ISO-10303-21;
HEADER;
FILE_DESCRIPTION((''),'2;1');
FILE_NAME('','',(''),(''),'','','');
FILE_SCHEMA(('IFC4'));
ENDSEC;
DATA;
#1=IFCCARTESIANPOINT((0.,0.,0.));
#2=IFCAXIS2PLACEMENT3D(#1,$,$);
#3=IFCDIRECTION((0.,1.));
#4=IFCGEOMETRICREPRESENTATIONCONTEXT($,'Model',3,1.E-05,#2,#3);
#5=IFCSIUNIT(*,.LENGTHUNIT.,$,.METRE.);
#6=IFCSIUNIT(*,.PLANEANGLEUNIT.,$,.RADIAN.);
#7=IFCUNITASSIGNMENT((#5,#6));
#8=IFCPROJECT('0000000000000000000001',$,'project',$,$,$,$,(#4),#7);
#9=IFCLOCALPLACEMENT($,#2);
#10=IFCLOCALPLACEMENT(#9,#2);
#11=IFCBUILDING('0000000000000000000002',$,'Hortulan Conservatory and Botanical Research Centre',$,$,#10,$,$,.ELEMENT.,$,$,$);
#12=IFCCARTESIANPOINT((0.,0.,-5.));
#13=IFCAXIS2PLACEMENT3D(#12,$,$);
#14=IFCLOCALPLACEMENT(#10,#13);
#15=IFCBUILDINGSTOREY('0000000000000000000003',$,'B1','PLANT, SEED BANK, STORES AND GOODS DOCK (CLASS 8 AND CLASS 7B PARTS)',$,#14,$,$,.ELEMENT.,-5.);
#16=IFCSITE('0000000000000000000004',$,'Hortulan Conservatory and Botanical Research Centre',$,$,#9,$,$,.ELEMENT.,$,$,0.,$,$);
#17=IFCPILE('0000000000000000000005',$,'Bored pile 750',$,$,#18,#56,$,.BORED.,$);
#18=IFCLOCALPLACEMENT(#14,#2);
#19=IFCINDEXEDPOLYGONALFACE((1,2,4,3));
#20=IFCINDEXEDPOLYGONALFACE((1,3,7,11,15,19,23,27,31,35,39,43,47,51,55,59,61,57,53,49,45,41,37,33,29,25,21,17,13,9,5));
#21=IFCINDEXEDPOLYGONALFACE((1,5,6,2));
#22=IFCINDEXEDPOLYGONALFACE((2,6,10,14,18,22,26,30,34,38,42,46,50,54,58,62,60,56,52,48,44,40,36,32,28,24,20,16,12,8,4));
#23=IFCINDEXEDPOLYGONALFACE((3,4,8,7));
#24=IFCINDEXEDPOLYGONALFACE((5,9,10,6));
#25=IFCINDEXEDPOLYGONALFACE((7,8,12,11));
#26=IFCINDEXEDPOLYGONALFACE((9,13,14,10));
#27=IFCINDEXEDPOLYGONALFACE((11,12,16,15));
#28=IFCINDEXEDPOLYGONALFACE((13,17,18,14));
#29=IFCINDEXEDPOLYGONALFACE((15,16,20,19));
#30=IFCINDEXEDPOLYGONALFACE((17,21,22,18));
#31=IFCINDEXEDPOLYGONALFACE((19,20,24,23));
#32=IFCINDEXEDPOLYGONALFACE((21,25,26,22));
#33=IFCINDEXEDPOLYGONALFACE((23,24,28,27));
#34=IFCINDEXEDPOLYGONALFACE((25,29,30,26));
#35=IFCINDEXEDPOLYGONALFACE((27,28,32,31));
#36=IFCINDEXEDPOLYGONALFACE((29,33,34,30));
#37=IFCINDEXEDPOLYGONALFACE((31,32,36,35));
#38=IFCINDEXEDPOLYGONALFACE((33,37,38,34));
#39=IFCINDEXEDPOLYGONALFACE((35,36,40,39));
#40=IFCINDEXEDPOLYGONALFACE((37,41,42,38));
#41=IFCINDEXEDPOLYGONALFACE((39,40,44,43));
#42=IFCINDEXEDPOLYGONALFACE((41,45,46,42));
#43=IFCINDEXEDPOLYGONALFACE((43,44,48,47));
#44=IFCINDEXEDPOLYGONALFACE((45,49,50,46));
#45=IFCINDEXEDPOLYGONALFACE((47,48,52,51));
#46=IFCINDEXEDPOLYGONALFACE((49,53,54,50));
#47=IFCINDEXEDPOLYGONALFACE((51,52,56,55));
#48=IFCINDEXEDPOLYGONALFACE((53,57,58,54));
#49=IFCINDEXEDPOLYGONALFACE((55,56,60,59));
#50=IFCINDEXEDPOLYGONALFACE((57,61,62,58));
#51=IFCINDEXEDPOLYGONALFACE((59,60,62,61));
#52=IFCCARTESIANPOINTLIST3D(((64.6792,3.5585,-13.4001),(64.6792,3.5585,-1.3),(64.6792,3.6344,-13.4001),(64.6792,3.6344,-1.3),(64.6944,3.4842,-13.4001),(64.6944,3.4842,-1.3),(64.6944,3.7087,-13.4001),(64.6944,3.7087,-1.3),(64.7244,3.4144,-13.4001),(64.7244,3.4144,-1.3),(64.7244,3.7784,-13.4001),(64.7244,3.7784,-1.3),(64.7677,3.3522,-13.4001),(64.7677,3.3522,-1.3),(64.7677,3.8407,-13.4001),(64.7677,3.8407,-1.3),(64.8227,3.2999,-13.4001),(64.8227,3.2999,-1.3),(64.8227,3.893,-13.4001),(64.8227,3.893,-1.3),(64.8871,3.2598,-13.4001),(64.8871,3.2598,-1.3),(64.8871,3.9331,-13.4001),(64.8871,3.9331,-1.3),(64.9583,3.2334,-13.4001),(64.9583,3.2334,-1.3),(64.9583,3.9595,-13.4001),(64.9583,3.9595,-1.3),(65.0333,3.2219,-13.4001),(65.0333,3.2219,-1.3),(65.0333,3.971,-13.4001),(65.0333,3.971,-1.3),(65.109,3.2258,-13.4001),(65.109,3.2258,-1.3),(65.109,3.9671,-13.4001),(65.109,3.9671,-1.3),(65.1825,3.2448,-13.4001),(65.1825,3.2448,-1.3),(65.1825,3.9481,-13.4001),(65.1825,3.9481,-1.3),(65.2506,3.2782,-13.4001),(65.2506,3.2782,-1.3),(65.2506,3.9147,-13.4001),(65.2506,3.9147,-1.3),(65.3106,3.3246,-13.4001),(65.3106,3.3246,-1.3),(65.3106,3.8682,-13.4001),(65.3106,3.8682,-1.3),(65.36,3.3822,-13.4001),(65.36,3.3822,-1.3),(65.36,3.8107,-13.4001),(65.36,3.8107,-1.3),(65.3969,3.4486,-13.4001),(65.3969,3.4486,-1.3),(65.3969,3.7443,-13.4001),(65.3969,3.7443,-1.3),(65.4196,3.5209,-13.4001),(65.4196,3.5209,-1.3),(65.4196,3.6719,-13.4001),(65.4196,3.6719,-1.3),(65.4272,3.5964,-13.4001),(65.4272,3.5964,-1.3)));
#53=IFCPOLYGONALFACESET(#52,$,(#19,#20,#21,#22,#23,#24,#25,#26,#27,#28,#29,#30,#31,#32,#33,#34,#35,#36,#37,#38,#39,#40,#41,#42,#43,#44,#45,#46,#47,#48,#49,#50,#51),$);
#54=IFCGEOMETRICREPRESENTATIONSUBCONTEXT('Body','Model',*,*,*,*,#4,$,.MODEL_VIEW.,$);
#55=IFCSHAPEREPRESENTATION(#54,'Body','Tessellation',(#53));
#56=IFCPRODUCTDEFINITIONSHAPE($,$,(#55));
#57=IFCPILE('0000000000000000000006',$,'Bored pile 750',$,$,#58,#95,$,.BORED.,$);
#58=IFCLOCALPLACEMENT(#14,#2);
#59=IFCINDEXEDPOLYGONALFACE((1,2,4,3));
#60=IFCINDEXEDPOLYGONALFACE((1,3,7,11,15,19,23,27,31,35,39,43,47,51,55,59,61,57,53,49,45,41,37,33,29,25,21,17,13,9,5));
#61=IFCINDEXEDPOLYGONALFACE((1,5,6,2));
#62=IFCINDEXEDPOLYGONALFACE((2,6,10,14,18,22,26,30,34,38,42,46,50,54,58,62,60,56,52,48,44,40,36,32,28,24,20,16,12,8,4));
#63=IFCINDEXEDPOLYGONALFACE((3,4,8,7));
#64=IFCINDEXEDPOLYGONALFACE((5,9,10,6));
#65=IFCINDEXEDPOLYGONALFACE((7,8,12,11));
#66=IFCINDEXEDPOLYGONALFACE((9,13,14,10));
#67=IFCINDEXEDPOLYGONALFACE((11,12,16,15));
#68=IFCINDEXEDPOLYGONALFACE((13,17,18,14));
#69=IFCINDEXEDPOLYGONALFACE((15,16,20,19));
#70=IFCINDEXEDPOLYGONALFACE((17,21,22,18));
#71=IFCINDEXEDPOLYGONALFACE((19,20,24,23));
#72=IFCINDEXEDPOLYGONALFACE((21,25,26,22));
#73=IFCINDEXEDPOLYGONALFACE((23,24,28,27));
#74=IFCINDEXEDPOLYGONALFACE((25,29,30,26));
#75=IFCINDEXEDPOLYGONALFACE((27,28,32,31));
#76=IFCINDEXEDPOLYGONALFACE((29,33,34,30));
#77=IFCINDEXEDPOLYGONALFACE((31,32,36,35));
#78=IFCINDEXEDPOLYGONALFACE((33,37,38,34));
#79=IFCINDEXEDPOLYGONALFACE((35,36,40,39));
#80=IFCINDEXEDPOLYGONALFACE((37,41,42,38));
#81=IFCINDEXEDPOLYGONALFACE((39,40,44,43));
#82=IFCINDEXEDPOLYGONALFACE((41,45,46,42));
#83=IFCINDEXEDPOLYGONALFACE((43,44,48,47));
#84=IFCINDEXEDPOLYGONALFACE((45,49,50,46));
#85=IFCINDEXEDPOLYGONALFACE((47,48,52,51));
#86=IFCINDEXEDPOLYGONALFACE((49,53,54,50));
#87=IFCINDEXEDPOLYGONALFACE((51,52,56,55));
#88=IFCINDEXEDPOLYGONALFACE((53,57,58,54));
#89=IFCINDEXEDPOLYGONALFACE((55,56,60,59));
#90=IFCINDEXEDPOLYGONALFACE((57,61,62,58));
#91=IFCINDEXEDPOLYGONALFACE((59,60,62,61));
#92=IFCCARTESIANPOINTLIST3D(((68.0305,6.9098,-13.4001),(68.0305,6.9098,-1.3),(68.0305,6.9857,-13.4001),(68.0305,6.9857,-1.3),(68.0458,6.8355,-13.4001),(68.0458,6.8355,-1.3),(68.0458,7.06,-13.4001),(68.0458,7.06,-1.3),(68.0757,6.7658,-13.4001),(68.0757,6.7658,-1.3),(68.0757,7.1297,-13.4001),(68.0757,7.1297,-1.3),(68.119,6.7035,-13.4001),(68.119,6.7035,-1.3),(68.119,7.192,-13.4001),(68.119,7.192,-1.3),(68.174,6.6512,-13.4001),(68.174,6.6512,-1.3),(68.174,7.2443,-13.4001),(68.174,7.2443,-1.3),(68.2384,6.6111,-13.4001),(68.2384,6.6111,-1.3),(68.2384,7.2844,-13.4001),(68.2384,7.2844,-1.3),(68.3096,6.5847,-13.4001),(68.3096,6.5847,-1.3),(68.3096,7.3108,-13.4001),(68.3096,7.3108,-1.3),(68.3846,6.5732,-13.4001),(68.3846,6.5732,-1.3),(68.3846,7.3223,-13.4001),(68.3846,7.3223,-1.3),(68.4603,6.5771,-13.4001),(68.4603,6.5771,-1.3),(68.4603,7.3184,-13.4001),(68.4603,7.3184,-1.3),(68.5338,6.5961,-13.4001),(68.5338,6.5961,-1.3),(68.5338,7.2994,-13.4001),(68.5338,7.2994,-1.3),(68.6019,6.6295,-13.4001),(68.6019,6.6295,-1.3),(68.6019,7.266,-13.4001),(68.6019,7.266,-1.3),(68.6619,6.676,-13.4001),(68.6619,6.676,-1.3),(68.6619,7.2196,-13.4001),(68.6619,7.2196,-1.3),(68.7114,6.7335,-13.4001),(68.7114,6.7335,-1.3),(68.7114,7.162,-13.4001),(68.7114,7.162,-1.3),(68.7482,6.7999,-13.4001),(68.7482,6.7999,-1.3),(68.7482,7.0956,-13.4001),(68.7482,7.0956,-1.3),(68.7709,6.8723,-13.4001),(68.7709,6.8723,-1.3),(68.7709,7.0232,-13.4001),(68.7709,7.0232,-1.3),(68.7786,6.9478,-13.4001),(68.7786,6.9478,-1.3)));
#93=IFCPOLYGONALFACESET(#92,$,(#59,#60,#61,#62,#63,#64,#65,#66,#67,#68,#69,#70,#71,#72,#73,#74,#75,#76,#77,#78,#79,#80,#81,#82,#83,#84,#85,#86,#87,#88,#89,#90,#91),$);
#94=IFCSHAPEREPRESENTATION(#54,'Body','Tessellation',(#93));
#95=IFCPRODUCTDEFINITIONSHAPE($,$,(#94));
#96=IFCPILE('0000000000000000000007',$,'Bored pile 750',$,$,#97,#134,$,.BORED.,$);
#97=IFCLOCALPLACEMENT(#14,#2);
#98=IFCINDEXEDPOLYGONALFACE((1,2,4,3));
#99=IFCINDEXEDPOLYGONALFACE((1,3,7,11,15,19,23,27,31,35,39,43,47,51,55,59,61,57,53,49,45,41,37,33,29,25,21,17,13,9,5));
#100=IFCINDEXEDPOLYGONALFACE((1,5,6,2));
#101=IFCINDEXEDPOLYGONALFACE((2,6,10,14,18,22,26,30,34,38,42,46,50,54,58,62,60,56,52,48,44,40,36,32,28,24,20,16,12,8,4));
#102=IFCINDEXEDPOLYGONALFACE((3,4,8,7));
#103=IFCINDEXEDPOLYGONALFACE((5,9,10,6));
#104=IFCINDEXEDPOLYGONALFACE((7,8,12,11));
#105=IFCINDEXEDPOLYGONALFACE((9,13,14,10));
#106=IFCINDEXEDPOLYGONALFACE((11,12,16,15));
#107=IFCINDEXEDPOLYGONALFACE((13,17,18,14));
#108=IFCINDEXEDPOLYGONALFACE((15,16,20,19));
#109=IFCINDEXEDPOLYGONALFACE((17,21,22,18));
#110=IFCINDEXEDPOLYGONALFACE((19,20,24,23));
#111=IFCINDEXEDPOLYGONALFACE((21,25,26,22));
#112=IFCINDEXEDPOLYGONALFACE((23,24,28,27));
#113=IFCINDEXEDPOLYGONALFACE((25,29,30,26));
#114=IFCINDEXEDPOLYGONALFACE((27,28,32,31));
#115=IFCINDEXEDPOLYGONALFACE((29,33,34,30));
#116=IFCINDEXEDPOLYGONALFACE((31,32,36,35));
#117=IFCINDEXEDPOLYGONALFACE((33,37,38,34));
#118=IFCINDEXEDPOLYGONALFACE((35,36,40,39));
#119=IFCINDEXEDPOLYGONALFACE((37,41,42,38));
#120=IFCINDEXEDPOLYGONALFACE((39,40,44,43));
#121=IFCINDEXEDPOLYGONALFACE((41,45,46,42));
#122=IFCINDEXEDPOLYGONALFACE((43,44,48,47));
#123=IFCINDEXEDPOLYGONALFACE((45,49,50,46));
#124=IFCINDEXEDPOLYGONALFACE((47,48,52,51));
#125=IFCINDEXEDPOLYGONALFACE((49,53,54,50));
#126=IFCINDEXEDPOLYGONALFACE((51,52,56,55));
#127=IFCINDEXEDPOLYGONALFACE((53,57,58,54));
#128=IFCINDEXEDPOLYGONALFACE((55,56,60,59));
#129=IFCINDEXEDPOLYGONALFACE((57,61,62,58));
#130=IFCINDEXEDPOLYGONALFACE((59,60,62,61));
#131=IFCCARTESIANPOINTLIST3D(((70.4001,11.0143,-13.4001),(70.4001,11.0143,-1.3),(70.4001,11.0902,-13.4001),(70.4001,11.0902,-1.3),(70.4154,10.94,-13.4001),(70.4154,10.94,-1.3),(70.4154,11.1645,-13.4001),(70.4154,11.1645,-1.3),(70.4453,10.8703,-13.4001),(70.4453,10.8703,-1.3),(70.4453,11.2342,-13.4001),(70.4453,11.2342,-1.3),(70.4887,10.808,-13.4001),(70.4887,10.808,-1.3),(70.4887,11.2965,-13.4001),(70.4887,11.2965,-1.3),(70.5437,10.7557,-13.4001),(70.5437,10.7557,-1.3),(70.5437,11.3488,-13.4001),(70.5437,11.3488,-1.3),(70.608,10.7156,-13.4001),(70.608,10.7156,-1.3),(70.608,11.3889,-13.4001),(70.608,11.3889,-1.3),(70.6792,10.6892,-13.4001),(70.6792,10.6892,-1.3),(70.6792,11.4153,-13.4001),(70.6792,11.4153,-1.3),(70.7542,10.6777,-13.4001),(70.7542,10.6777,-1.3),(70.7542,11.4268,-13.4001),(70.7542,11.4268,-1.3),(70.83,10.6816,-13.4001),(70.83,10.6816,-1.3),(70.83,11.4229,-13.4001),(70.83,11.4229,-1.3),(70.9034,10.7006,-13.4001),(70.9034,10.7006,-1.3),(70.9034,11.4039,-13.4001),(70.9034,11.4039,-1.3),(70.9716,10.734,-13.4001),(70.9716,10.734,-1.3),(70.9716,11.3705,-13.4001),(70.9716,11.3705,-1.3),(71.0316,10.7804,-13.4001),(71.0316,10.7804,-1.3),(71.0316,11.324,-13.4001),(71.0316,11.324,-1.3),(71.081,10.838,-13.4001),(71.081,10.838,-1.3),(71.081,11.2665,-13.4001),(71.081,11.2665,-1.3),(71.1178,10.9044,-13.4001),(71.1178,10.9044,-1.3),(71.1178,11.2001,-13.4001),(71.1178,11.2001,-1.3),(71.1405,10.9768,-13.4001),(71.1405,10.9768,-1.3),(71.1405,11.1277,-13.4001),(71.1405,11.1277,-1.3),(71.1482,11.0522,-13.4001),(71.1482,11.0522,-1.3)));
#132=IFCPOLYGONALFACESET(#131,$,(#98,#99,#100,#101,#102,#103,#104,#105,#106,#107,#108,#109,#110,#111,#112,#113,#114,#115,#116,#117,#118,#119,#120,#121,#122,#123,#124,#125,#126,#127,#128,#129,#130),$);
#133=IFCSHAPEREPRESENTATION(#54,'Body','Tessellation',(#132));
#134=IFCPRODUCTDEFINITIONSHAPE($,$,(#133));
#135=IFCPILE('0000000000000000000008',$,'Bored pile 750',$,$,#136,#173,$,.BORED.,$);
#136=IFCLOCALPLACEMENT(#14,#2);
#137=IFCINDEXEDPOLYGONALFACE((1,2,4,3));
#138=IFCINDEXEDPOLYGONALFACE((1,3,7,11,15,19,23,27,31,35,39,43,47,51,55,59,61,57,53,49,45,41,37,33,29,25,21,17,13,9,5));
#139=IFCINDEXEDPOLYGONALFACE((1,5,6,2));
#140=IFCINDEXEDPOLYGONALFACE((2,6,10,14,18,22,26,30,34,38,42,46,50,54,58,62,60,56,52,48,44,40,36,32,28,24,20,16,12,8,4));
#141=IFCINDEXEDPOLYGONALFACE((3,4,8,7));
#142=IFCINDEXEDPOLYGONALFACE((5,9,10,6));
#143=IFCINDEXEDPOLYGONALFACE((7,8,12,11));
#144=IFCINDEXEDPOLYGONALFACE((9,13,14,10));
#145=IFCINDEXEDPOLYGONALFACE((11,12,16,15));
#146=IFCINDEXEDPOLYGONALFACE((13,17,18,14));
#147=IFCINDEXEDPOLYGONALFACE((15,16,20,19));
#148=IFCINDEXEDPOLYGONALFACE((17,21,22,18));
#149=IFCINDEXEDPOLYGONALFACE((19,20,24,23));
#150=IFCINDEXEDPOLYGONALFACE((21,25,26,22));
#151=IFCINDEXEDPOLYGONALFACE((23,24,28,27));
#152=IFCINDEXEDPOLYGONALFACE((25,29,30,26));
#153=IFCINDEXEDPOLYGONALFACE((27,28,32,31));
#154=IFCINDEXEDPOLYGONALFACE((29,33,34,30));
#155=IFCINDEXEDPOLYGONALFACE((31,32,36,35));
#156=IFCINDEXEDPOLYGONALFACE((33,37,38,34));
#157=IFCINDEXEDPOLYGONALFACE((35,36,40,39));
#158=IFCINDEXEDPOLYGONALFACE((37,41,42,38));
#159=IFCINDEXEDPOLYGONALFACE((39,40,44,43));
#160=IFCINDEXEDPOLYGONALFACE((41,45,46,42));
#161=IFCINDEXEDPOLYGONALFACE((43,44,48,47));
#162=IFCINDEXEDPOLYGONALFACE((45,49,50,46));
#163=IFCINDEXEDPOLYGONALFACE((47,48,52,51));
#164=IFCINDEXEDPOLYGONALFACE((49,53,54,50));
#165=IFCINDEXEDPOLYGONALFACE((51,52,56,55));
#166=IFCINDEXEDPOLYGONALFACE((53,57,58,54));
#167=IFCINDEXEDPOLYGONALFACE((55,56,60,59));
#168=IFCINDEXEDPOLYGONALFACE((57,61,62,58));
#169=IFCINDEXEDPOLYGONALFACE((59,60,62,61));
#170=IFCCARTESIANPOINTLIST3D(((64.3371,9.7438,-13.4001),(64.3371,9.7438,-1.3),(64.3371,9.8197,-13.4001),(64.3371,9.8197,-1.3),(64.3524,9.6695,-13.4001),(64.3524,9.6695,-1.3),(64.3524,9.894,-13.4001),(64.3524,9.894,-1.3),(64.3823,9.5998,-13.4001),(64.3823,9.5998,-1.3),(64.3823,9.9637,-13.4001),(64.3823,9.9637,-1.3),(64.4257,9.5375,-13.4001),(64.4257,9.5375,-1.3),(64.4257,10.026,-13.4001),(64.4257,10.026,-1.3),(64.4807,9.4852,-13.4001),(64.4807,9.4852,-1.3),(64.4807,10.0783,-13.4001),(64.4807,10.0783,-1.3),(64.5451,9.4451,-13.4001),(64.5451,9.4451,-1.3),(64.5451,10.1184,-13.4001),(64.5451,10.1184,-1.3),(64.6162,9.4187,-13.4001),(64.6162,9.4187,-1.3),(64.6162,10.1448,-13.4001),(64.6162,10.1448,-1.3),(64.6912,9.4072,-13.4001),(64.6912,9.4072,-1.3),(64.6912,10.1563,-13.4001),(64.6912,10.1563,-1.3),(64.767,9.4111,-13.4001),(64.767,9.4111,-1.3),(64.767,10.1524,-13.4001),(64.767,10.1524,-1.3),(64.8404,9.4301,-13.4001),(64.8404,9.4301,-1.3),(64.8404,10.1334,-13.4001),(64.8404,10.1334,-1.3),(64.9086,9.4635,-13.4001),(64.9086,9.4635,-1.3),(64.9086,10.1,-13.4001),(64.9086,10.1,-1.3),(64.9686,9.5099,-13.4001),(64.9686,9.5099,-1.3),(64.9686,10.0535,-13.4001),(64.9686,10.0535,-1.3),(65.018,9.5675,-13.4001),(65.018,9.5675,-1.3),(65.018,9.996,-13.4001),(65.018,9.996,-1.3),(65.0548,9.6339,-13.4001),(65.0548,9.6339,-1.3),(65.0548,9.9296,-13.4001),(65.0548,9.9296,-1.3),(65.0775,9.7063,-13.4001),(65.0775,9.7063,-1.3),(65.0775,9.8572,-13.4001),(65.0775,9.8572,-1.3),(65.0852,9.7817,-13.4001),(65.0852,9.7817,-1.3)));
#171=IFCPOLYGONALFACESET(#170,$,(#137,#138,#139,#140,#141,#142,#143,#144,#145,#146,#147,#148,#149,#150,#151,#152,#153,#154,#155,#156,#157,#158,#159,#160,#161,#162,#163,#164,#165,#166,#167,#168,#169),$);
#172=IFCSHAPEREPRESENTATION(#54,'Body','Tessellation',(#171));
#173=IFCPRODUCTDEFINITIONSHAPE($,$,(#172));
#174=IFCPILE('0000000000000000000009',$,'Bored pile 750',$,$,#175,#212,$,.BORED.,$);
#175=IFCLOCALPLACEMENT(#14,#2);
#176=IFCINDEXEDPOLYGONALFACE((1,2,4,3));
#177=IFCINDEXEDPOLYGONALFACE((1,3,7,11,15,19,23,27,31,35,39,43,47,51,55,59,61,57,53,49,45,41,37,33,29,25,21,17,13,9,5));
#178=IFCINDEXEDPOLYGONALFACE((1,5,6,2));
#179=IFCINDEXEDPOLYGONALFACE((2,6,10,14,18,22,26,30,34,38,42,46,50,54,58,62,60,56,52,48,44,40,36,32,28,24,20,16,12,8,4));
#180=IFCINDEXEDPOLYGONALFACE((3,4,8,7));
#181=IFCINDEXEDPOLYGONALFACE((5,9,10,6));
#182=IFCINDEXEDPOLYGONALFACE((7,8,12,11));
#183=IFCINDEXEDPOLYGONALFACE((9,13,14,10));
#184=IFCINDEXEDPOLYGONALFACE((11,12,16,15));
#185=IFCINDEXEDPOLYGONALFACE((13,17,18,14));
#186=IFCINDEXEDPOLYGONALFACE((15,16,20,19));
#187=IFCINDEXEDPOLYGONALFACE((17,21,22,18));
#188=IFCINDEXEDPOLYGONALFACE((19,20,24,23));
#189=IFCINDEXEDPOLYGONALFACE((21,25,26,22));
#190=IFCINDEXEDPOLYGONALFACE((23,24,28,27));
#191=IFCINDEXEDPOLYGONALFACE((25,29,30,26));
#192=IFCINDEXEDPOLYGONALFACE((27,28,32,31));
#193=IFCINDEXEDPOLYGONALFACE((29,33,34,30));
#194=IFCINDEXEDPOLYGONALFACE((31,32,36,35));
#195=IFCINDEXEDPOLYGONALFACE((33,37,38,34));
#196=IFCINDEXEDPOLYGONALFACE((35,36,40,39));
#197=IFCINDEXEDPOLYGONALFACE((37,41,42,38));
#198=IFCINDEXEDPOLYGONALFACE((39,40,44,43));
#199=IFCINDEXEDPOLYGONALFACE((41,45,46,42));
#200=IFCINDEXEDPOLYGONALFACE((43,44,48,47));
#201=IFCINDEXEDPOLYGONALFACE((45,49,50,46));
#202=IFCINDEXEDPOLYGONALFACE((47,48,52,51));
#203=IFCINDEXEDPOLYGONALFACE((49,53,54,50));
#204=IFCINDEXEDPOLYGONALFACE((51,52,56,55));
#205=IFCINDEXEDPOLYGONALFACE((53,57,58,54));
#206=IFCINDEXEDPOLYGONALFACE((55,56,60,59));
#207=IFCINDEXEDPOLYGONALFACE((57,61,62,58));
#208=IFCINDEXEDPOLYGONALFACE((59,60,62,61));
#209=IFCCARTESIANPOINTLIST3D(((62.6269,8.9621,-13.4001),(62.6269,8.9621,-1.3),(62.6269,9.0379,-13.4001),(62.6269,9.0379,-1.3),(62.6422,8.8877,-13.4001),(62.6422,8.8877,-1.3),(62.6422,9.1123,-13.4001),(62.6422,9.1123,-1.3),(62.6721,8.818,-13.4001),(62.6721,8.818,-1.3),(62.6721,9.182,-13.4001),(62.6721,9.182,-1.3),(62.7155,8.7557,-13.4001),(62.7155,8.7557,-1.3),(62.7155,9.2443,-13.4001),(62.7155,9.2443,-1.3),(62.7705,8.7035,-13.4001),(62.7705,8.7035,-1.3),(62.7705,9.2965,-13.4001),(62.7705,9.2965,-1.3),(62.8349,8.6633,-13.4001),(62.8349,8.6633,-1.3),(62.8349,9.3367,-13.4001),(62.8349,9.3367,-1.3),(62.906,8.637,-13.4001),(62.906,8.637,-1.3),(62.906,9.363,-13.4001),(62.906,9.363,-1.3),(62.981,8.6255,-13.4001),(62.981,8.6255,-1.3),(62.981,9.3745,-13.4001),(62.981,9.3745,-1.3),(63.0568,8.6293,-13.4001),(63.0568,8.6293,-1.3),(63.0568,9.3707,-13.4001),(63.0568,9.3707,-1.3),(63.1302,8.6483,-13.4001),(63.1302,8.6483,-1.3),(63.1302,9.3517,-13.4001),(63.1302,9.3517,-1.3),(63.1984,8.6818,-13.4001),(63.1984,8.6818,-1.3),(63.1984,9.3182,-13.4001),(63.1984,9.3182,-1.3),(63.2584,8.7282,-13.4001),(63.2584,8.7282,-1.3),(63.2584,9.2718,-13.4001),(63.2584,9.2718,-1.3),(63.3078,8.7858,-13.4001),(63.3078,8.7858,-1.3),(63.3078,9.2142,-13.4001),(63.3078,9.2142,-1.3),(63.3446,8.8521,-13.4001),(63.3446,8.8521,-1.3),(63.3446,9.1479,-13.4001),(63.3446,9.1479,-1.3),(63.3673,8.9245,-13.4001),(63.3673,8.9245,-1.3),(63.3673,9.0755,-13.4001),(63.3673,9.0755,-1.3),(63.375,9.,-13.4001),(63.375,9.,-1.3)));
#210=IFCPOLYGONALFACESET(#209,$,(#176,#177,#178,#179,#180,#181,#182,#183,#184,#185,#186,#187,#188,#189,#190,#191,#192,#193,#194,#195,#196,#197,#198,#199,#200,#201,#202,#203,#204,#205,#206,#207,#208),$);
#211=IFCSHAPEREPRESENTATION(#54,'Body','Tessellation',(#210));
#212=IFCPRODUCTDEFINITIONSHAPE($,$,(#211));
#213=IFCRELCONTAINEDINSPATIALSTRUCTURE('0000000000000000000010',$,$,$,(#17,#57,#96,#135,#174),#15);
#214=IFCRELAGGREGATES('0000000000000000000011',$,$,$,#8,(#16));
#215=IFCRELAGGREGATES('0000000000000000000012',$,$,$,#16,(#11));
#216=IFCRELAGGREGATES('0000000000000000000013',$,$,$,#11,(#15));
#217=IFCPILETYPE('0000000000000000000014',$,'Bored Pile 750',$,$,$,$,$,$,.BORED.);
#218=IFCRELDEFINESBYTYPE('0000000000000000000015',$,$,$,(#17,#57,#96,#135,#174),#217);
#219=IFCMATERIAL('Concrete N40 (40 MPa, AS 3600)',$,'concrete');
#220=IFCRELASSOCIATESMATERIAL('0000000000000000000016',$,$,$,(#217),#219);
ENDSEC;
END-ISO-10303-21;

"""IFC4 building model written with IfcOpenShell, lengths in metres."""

from ifc_helpers import new_model, si_unit, direction, frame, origin, origin_2d, place, context, subcontext, project, spatial, circle, extrude, material, material_profile, profile_set, type_object, element, save


model = new_model("IFC4")

# Units and contexts
model_context = context("Model", 3, precision=1e-05, world=origin(), true_north=direction((0.0, 1.0)))
body_context = subcontext(model_context, "Body", "Model", "MODEL_VIEW")
ifc_project = project(units=[si_unit("LENGTHUNIT", "METRE"), si_unit("PLANEANGLEUNIT", "RADIAN")], contexts=[model_context])

# Site, building, storey
site_placement = place(None, origin())
site = spatial("IfcSite", under=ifc_project, at=site_placement, Name="Hortulan Conservatory and Botanical Research Centre", CompositionType="ELEMENT", RefElevation=0.0)
building_placement = place(site_placement, origin())
building = spatial("IfcBuilding", under=site, at=building_placement, Name="Hortulan Conservatory and Botanical Research Centre", CompositionType="ELEMENT")
storey_placement = place(building_placement, frame((0.0, 0.0, -5.0)))
storey = spatial("IfcBuildingStorey", under=building, at=storey_placement, Name="B1", Description="PLANT, SEED BANK, STORES AND GOODS DOCK (CLASS 8 AND CLASS 7B PARTS)", CompositionType="ELEMENT", Elevation=-5.0)

# Piles
ifc_material_1 = material(Name="Concrete N40 (40 MPa, AS 3600)", Category="concrete")
ifc_material_profile_1 = material_profile(ifc_material_1, circle(Radius=0.375, at=origin_2d()), Name="Bored pile 750 diameter")
ifc_profile_set_1 = profile_set([ifc_material_profile_1], Name="Concrete N40 (40 MPa, AS 3600)")
pile_type = type_object("IfcPileType", Name="Bored Pile 750", PredefinedType="BORED", material=ifc_profile_set_1)
for number, where, z_axis, x_axis, name in (
    (1, (65.0522, 3.5964, -1.3), (0.0, 0.0, -1.0), (1.0, 0.0, 0.0), "Bored pile 750"),
    (2, (68.4036, 6.9478, -1.3), (0.0, 0.0, -1.0), (1.0, 0.0, 0.0), "Bored pile 750"),
    (3, (70.7732, 11.0522, -1.3), (0.0, 0.0, -1.0), (1.0, 0.0, 0.0), "Bored pile 750"),
    (4, (64.7102, 9.7817, -1.3), (0.0, 0.0, -1.0), (1.0, 0.0, 0.0), "Bored pile 750"),
    (5, (63.0, 9.0, -1.3), (0.0, 0.0, -1.0), (1.0, 0.0, 0.0), "Bored pile 750"),
):
    element("IfcPile", number, at=place(storey_placement, frame(where, z_axis=z_axis, x_axis=x_axis)), inside=storey, type_object=pile_type, Name=name, PredefinedType="BORED", context=body_context, shape_type="SweptSolid", body=[
        extrude(circle(Radius=0.375, at=origin_2d()), origin(), (0.0, 0.0, 1.0), 12.1001),
    ])

save(model, "model.ifc")
